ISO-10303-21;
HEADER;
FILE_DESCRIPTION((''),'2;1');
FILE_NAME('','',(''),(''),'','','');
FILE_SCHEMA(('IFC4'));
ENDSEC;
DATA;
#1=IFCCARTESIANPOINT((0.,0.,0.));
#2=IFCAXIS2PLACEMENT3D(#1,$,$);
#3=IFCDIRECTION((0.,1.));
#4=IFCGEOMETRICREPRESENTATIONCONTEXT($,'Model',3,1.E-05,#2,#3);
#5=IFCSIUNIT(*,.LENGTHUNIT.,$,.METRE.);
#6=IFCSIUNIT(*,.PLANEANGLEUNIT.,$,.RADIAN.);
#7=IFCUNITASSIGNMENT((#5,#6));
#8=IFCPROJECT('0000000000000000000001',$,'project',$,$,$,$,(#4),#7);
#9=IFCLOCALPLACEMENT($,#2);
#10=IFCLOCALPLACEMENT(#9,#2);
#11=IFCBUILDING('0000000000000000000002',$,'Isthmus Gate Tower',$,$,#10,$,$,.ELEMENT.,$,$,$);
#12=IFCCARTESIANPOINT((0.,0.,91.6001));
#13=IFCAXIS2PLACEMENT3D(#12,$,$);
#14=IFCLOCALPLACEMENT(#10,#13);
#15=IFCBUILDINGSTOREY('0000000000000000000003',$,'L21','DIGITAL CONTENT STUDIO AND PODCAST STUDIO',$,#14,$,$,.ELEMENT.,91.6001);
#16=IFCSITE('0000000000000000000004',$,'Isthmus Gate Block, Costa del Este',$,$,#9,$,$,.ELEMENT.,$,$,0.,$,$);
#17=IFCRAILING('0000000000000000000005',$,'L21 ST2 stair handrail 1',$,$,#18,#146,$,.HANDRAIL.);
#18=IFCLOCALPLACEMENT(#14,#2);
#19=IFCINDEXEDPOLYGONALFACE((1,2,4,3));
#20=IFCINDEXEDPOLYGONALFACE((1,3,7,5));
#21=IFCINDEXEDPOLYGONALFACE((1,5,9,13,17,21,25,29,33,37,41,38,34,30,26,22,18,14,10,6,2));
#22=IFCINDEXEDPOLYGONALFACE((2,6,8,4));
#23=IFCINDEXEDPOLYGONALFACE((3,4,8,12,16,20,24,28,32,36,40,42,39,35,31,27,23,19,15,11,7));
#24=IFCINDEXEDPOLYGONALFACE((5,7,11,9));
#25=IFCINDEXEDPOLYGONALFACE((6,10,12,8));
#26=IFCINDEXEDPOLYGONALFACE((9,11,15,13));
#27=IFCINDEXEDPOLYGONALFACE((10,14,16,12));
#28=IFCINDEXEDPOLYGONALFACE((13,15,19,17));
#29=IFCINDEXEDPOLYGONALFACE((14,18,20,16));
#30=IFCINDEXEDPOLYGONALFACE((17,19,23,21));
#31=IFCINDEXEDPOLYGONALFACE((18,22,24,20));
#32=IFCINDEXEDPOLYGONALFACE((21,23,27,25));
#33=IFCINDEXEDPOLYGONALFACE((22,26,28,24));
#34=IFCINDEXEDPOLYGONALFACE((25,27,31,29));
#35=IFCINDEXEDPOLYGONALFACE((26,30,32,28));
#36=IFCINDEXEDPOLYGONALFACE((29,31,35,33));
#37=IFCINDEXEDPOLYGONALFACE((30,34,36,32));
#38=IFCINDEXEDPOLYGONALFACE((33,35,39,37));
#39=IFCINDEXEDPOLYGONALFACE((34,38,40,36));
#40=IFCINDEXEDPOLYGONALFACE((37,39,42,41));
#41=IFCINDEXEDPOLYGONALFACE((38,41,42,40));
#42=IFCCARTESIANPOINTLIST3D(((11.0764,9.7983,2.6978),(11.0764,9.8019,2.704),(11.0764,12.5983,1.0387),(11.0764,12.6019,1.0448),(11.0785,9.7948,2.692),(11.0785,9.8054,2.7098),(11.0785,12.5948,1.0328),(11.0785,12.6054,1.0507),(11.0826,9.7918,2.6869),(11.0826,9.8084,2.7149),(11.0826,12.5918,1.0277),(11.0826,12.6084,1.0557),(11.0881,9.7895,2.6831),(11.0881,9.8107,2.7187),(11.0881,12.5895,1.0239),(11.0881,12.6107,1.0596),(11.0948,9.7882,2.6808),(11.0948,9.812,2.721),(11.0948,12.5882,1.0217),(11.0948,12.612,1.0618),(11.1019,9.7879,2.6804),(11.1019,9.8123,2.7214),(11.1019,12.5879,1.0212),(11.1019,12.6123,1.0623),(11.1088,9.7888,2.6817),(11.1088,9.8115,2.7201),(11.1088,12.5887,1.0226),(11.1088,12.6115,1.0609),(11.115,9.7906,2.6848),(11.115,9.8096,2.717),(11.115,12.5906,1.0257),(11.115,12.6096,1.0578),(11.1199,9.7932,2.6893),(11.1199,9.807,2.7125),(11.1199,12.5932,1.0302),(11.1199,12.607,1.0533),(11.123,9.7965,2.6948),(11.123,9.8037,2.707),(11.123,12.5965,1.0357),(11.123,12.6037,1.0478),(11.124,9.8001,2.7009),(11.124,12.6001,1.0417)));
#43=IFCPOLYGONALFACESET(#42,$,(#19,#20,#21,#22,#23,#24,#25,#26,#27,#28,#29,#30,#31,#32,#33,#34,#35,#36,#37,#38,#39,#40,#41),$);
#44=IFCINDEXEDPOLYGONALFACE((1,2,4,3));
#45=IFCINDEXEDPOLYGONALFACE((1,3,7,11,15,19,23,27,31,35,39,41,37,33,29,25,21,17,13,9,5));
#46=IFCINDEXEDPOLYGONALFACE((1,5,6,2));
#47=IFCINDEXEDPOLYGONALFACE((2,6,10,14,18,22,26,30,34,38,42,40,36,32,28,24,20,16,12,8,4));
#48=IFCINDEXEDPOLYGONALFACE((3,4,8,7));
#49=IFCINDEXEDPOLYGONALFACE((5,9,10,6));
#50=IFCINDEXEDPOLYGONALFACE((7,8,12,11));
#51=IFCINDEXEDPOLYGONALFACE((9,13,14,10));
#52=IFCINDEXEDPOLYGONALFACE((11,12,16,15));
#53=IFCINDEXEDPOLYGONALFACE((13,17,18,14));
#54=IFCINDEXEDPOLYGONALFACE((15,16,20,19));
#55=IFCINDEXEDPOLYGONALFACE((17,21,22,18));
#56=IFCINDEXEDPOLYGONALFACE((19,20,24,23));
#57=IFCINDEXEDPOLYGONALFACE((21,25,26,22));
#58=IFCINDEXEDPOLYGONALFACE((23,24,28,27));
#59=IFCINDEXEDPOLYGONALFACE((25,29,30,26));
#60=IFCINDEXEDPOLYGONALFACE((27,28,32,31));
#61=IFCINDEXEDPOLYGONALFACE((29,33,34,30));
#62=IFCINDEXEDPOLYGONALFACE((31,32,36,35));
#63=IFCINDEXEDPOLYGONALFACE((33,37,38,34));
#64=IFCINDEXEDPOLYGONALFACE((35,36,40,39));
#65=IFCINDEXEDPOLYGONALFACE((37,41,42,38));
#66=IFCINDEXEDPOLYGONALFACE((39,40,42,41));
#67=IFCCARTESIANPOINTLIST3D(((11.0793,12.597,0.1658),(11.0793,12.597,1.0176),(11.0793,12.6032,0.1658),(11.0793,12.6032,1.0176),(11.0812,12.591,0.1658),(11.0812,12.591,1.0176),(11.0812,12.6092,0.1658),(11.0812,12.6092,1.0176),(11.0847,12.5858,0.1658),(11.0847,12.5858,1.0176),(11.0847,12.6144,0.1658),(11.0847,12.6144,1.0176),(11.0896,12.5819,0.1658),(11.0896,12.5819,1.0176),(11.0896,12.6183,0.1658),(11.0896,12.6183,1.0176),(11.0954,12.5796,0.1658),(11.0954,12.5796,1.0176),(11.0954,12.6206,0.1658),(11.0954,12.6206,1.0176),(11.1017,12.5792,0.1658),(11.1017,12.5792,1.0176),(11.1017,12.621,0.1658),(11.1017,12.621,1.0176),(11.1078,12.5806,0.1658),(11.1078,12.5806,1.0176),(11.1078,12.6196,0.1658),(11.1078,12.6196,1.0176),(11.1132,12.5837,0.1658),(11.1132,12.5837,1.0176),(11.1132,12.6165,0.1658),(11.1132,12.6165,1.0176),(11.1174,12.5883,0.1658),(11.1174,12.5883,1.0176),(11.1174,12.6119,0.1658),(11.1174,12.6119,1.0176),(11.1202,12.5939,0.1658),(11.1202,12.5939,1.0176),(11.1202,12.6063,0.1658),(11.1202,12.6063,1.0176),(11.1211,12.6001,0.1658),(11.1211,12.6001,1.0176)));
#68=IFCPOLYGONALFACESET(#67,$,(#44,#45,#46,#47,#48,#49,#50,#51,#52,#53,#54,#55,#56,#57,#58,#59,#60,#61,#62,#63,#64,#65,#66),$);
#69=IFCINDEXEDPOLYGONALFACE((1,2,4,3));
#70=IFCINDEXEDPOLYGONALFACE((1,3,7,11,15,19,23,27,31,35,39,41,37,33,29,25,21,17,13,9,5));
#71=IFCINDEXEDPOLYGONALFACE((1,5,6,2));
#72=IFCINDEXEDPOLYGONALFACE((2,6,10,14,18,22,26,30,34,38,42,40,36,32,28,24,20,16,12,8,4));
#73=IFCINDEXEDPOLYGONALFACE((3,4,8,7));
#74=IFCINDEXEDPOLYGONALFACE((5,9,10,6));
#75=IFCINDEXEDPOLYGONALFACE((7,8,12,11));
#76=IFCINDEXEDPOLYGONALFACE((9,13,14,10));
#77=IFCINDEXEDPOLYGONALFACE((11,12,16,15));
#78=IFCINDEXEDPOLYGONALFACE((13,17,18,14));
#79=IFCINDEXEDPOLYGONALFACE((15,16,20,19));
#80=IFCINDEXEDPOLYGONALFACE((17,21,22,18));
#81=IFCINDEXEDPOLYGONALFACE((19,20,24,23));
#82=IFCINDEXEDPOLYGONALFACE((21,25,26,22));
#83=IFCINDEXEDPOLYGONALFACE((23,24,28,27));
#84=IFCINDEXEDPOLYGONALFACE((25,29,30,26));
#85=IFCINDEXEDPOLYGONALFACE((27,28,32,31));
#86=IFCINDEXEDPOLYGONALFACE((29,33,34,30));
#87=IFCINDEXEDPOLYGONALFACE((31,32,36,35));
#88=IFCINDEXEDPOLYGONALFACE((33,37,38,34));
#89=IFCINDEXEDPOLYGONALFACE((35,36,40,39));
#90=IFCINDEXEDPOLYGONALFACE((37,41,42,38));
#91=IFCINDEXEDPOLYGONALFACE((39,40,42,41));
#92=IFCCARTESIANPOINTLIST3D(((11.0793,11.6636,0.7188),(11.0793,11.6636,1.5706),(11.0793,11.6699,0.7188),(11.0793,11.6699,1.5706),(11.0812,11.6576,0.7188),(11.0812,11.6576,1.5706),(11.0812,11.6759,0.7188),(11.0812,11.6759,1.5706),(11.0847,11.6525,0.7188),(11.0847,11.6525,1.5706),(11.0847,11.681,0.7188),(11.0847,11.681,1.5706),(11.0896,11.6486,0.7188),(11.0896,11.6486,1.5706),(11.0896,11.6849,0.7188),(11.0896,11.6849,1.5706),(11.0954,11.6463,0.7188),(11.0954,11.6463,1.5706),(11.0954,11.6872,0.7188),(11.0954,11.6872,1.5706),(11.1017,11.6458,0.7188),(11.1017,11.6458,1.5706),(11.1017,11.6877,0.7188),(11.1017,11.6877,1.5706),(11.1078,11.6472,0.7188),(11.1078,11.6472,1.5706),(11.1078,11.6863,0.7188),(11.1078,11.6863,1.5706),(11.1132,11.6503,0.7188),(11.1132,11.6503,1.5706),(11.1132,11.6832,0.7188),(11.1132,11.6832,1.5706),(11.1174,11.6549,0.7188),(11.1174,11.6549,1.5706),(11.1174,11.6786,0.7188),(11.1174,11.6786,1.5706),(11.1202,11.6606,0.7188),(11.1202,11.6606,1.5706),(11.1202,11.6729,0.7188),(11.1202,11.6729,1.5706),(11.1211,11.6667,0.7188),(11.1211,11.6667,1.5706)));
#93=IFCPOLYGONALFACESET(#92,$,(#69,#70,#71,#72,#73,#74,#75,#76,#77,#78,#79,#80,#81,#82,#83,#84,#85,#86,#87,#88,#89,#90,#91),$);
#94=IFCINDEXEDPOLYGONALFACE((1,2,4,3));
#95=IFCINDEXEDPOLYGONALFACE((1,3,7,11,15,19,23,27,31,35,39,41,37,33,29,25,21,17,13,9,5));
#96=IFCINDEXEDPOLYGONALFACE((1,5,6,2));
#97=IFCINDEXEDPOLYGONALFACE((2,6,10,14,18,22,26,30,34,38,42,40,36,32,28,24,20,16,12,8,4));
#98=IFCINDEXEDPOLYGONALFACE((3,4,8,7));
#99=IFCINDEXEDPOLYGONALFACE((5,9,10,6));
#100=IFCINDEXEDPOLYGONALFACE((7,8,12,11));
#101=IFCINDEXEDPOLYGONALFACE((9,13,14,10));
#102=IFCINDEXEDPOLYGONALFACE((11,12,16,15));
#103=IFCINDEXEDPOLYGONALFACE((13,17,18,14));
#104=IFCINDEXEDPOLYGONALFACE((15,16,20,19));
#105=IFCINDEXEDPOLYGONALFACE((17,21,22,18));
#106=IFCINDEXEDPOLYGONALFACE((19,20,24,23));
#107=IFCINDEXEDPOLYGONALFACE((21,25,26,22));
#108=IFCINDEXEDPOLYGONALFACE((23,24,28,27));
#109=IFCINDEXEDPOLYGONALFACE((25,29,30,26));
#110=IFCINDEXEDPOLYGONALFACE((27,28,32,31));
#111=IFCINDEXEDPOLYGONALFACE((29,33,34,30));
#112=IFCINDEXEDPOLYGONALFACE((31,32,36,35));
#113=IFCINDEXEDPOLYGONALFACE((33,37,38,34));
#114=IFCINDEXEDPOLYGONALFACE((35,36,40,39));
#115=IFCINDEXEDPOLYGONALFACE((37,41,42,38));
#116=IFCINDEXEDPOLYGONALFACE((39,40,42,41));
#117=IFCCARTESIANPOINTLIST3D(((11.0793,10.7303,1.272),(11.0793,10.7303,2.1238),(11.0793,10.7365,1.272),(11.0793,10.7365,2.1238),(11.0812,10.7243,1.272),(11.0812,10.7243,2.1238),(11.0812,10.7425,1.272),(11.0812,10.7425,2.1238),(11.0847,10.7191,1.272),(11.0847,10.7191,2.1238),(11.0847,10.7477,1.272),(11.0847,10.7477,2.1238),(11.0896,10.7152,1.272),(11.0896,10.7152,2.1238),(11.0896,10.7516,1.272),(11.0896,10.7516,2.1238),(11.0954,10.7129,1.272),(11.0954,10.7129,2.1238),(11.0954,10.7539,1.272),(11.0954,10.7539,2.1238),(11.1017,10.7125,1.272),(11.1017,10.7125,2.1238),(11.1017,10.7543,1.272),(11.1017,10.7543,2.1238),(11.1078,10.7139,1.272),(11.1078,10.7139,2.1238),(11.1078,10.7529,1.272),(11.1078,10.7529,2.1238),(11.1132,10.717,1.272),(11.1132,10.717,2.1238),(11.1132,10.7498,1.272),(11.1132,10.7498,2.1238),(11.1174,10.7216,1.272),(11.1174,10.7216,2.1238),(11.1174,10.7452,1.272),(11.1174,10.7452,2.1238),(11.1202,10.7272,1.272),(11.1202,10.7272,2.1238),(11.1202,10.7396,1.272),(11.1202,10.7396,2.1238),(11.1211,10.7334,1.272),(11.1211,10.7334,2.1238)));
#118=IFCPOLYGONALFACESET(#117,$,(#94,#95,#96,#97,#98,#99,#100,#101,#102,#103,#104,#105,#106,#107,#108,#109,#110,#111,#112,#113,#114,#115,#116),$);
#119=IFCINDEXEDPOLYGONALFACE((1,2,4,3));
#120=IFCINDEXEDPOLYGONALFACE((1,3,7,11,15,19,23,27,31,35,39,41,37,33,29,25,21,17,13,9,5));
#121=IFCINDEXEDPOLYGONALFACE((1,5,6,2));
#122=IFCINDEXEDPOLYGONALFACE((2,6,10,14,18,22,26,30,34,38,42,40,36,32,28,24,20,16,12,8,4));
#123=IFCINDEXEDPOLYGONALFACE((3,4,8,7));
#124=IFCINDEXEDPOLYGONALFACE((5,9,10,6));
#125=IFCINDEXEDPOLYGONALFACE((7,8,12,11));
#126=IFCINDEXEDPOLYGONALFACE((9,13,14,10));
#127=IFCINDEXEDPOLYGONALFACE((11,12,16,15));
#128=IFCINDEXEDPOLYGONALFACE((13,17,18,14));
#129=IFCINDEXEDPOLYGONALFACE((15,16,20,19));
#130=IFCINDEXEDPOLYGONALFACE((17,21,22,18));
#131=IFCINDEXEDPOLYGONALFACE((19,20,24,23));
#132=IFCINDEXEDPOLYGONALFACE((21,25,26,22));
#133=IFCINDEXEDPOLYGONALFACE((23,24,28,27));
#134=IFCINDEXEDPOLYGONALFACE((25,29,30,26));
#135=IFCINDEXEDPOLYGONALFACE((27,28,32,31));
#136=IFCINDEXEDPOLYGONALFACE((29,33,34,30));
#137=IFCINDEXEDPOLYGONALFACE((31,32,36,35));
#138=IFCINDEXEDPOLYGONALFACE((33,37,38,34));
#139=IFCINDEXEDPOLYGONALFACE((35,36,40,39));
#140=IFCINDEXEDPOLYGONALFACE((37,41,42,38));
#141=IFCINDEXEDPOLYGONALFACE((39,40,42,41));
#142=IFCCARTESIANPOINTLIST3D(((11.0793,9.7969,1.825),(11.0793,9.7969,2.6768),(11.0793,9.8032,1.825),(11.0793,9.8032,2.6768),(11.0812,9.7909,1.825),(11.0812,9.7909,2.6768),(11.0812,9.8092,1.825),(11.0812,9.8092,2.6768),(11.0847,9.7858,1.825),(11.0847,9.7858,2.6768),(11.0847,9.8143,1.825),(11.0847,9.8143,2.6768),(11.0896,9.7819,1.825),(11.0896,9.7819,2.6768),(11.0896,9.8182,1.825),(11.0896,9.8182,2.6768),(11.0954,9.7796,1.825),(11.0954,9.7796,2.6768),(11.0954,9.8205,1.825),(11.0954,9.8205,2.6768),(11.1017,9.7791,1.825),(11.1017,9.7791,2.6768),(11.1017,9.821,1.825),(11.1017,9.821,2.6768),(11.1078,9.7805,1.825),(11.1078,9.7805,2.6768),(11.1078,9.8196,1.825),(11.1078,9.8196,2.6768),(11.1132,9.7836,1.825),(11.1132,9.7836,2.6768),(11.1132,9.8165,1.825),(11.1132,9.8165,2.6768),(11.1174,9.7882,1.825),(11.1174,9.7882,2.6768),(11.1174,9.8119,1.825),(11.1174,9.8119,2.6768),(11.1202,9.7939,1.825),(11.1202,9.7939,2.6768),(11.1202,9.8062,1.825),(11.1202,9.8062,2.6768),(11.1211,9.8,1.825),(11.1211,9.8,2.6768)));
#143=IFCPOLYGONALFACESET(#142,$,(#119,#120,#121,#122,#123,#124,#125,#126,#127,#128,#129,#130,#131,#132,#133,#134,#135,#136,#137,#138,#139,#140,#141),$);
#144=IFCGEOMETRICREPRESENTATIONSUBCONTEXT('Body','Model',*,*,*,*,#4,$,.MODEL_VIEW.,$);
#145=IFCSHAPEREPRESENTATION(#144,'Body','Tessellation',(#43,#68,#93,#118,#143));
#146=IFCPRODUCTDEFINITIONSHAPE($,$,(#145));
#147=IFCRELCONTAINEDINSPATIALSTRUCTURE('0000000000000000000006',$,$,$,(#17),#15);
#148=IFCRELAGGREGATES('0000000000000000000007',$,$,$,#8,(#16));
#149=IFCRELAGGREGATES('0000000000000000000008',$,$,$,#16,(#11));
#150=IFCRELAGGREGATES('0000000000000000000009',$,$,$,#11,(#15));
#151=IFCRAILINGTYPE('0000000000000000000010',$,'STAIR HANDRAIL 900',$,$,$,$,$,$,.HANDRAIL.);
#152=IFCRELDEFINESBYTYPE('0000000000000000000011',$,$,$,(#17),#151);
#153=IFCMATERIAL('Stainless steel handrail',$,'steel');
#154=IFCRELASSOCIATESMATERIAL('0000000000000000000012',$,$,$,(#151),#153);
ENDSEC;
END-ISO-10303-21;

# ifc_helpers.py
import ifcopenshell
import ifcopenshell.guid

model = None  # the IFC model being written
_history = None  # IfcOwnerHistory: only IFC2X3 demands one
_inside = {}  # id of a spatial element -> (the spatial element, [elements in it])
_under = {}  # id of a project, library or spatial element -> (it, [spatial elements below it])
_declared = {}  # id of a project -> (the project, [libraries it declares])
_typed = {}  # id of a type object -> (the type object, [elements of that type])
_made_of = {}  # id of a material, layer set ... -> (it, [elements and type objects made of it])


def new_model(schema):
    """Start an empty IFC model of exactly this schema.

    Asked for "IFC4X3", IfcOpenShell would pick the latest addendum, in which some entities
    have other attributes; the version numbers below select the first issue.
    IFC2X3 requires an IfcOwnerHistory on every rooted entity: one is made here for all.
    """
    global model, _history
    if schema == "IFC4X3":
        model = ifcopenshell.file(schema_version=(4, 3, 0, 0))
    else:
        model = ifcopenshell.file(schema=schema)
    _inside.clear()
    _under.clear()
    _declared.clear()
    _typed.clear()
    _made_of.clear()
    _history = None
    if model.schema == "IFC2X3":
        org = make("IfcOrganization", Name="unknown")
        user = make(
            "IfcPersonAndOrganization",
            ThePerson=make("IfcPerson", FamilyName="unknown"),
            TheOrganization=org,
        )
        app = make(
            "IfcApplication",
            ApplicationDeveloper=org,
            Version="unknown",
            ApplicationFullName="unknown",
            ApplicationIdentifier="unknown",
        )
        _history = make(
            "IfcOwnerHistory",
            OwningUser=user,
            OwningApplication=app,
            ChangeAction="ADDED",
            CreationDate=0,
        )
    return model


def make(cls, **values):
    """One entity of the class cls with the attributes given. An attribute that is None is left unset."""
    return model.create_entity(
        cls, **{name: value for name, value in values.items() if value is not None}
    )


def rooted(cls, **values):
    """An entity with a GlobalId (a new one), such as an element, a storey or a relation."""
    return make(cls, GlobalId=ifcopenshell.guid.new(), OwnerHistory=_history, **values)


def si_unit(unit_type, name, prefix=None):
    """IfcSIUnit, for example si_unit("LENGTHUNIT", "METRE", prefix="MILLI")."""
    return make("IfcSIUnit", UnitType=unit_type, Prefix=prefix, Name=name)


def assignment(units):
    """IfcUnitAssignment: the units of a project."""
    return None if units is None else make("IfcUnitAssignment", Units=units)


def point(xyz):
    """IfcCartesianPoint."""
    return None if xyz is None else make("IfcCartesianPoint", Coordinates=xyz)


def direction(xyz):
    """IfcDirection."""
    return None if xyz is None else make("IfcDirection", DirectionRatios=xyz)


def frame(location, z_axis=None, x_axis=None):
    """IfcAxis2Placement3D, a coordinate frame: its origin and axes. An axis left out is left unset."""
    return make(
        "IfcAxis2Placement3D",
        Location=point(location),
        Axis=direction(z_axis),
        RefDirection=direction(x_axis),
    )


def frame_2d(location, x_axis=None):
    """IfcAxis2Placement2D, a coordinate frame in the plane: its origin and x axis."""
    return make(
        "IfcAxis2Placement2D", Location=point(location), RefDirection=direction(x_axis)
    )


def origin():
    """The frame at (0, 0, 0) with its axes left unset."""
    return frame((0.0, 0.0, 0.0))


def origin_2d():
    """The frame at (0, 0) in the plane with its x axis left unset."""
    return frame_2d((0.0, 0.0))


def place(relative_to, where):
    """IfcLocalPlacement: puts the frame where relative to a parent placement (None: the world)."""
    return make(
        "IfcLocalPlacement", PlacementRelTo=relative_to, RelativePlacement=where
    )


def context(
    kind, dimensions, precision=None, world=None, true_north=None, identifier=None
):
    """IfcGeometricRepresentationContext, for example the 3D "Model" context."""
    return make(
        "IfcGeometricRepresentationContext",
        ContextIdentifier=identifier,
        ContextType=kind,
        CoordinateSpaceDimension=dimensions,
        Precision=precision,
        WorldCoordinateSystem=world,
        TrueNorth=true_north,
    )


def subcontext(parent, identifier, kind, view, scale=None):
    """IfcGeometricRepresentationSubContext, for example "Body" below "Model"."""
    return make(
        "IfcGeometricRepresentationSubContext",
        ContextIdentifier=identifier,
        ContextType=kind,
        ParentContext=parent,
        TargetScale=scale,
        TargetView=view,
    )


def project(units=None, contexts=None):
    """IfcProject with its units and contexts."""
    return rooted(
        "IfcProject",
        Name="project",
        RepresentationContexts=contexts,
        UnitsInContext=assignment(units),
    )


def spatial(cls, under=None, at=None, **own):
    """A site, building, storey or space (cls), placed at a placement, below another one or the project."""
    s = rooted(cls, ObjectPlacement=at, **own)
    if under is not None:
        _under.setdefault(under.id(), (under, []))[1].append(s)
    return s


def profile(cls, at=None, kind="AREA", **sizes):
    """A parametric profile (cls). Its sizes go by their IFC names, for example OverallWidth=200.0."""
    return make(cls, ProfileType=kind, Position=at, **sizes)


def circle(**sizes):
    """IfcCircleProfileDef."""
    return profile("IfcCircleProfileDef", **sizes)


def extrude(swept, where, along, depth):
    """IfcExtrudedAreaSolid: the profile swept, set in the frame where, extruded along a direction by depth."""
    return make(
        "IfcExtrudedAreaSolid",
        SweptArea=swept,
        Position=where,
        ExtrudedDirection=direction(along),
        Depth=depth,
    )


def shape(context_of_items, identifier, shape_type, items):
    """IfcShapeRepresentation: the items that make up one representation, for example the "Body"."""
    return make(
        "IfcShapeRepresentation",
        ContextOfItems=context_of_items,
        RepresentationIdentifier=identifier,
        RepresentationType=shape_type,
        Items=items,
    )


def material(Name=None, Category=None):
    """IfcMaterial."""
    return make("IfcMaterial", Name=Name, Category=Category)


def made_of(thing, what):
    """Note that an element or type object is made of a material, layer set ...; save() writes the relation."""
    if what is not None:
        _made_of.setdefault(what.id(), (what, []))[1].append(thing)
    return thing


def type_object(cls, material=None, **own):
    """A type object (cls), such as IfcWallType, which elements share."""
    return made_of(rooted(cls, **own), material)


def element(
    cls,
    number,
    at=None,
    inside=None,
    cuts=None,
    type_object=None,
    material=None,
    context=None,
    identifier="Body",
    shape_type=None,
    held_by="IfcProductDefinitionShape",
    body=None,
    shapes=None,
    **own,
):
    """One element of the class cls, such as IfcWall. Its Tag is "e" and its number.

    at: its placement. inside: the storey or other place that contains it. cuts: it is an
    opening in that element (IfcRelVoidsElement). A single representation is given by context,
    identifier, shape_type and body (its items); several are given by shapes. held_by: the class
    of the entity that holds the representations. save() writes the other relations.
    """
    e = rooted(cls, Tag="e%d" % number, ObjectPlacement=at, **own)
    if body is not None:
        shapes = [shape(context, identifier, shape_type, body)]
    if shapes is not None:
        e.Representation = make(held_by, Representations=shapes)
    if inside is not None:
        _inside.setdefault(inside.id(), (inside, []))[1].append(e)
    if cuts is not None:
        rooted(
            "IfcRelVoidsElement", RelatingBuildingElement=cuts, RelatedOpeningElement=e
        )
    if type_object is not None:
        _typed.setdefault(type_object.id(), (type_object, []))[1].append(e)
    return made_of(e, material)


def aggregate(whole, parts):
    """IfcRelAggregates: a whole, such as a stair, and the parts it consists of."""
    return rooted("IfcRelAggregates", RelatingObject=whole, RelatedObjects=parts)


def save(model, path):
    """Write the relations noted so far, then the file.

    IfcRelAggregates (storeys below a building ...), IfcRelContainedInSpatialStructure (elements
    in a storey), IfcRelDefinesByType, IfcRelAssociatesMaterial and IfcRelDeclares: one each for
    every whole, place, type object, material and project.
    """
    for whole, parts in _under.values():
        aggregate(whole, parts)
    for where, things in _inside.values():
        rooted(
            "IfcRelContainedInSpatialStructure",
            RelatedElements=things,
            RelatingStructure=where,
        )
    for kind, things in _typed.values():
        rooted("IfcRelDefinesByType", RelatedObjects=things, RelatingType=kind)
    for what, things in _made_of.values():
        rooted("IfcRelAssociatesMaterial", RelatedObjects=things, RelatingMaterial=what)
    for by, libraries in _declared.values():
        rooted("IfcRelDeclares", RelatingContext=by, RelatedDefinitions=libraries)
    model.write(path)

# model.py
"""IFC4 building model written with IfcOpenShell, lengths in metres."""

from ifc_helpers import new_model, si_unit, direction, frame, origin, origin_2d, place, context, subcontext, project, spatial, circle, extrude, material, type_object, element, save


model = new_model("IFC4")

# Units and contexts
model_context = context("Model", 3, precision=1e-05, world=origin(), true_north=direction((0.0, 1.0)))
body_context = subcontext(model_context, "Body", "Model", "MODEL_VIEW")
ifc_project = project(units=[si_unit("LENGTHUNIT", "METRE"), si_unit("PLANEANGLEUNIT", "RADIAN")], contexts=[model_context])

# Site, building, storey
site_placement = place(None, origin())
site = spatial("IfcSite", under=ifc_project, at=site_placement, Name="Isthmus Gate Block, Costa del Este", CompositionType="ELEMENT", RefElevation=0.0)
building_placement = place(site_placement, origin())
building = spatial("IfcBuilding", under=site, at=building_placement, Name="Isthmus Gate Tower", CompositionType="ELEMENT")
storey_placement = place(building_placement, frame((0.0, 0.0, 91.6001)))
storey = spatial("IfcBuildingStorey", under=building, at=storey_placement, Name="L21", Description="DIGITAL CONTENT STUDIO AND PODCAST STUDIO", CompositionType="ELEMENT", Elevation=91.6001)

# Railing
ifc_material_1 = material(Name="Stainless steel handrail", Category="steel")
railing_type_1 = type_object("IfcRailingType", Name="STAIR HANDRAIL 900", PredefinedType="HANDRAIL", material=ifc_material_1)
for number, where, name in (
    (1, (11.1001, 12.6001, 0.1658), "L21 ST2 stair handrail 1"),
):
    element("IfcRailing", number, at=place(storey_placement, frame(where)), inside=storey, type_object=railing_type_1, Name=name, PredefinedType="HANDRAIL", context=body_context, shape_type="SweptSolid", body=[
        extrude(circle(Radius=0.0239, at=origin_2d()), frame((0.0, 0.0, 0.876), z_axis=(0.0, -0.860306, 0.509778), x_axis=(1.0, 0.0, 0.0)), (0.0, 0.0, 1.0), 3.2546),
        extrude(circle(Radius=0.021, at=origin_2d()), origin(), (0.0, 0.0, 1.0), 0.8518),
        extrude(circle(Radius=0.021, at=origin_2d()), frame((0.0, -0.9333, 0.553)), (0.0, 0.0, 1.0), 0.8518),
        extrude(circle(Radius=0.021, at=origin_2d()), frame((0.0, -1.8667, 1.1062)), (0.0, 0.0, 1.0), 0.8518),
        extrude(circle(Radius=0.021, at=origin_2d()), frame((0.0, -2.8, 1.6592)), (0.0, 0.0, 1.0), 0.8518),
    ])

save(model, "model.ifc")
